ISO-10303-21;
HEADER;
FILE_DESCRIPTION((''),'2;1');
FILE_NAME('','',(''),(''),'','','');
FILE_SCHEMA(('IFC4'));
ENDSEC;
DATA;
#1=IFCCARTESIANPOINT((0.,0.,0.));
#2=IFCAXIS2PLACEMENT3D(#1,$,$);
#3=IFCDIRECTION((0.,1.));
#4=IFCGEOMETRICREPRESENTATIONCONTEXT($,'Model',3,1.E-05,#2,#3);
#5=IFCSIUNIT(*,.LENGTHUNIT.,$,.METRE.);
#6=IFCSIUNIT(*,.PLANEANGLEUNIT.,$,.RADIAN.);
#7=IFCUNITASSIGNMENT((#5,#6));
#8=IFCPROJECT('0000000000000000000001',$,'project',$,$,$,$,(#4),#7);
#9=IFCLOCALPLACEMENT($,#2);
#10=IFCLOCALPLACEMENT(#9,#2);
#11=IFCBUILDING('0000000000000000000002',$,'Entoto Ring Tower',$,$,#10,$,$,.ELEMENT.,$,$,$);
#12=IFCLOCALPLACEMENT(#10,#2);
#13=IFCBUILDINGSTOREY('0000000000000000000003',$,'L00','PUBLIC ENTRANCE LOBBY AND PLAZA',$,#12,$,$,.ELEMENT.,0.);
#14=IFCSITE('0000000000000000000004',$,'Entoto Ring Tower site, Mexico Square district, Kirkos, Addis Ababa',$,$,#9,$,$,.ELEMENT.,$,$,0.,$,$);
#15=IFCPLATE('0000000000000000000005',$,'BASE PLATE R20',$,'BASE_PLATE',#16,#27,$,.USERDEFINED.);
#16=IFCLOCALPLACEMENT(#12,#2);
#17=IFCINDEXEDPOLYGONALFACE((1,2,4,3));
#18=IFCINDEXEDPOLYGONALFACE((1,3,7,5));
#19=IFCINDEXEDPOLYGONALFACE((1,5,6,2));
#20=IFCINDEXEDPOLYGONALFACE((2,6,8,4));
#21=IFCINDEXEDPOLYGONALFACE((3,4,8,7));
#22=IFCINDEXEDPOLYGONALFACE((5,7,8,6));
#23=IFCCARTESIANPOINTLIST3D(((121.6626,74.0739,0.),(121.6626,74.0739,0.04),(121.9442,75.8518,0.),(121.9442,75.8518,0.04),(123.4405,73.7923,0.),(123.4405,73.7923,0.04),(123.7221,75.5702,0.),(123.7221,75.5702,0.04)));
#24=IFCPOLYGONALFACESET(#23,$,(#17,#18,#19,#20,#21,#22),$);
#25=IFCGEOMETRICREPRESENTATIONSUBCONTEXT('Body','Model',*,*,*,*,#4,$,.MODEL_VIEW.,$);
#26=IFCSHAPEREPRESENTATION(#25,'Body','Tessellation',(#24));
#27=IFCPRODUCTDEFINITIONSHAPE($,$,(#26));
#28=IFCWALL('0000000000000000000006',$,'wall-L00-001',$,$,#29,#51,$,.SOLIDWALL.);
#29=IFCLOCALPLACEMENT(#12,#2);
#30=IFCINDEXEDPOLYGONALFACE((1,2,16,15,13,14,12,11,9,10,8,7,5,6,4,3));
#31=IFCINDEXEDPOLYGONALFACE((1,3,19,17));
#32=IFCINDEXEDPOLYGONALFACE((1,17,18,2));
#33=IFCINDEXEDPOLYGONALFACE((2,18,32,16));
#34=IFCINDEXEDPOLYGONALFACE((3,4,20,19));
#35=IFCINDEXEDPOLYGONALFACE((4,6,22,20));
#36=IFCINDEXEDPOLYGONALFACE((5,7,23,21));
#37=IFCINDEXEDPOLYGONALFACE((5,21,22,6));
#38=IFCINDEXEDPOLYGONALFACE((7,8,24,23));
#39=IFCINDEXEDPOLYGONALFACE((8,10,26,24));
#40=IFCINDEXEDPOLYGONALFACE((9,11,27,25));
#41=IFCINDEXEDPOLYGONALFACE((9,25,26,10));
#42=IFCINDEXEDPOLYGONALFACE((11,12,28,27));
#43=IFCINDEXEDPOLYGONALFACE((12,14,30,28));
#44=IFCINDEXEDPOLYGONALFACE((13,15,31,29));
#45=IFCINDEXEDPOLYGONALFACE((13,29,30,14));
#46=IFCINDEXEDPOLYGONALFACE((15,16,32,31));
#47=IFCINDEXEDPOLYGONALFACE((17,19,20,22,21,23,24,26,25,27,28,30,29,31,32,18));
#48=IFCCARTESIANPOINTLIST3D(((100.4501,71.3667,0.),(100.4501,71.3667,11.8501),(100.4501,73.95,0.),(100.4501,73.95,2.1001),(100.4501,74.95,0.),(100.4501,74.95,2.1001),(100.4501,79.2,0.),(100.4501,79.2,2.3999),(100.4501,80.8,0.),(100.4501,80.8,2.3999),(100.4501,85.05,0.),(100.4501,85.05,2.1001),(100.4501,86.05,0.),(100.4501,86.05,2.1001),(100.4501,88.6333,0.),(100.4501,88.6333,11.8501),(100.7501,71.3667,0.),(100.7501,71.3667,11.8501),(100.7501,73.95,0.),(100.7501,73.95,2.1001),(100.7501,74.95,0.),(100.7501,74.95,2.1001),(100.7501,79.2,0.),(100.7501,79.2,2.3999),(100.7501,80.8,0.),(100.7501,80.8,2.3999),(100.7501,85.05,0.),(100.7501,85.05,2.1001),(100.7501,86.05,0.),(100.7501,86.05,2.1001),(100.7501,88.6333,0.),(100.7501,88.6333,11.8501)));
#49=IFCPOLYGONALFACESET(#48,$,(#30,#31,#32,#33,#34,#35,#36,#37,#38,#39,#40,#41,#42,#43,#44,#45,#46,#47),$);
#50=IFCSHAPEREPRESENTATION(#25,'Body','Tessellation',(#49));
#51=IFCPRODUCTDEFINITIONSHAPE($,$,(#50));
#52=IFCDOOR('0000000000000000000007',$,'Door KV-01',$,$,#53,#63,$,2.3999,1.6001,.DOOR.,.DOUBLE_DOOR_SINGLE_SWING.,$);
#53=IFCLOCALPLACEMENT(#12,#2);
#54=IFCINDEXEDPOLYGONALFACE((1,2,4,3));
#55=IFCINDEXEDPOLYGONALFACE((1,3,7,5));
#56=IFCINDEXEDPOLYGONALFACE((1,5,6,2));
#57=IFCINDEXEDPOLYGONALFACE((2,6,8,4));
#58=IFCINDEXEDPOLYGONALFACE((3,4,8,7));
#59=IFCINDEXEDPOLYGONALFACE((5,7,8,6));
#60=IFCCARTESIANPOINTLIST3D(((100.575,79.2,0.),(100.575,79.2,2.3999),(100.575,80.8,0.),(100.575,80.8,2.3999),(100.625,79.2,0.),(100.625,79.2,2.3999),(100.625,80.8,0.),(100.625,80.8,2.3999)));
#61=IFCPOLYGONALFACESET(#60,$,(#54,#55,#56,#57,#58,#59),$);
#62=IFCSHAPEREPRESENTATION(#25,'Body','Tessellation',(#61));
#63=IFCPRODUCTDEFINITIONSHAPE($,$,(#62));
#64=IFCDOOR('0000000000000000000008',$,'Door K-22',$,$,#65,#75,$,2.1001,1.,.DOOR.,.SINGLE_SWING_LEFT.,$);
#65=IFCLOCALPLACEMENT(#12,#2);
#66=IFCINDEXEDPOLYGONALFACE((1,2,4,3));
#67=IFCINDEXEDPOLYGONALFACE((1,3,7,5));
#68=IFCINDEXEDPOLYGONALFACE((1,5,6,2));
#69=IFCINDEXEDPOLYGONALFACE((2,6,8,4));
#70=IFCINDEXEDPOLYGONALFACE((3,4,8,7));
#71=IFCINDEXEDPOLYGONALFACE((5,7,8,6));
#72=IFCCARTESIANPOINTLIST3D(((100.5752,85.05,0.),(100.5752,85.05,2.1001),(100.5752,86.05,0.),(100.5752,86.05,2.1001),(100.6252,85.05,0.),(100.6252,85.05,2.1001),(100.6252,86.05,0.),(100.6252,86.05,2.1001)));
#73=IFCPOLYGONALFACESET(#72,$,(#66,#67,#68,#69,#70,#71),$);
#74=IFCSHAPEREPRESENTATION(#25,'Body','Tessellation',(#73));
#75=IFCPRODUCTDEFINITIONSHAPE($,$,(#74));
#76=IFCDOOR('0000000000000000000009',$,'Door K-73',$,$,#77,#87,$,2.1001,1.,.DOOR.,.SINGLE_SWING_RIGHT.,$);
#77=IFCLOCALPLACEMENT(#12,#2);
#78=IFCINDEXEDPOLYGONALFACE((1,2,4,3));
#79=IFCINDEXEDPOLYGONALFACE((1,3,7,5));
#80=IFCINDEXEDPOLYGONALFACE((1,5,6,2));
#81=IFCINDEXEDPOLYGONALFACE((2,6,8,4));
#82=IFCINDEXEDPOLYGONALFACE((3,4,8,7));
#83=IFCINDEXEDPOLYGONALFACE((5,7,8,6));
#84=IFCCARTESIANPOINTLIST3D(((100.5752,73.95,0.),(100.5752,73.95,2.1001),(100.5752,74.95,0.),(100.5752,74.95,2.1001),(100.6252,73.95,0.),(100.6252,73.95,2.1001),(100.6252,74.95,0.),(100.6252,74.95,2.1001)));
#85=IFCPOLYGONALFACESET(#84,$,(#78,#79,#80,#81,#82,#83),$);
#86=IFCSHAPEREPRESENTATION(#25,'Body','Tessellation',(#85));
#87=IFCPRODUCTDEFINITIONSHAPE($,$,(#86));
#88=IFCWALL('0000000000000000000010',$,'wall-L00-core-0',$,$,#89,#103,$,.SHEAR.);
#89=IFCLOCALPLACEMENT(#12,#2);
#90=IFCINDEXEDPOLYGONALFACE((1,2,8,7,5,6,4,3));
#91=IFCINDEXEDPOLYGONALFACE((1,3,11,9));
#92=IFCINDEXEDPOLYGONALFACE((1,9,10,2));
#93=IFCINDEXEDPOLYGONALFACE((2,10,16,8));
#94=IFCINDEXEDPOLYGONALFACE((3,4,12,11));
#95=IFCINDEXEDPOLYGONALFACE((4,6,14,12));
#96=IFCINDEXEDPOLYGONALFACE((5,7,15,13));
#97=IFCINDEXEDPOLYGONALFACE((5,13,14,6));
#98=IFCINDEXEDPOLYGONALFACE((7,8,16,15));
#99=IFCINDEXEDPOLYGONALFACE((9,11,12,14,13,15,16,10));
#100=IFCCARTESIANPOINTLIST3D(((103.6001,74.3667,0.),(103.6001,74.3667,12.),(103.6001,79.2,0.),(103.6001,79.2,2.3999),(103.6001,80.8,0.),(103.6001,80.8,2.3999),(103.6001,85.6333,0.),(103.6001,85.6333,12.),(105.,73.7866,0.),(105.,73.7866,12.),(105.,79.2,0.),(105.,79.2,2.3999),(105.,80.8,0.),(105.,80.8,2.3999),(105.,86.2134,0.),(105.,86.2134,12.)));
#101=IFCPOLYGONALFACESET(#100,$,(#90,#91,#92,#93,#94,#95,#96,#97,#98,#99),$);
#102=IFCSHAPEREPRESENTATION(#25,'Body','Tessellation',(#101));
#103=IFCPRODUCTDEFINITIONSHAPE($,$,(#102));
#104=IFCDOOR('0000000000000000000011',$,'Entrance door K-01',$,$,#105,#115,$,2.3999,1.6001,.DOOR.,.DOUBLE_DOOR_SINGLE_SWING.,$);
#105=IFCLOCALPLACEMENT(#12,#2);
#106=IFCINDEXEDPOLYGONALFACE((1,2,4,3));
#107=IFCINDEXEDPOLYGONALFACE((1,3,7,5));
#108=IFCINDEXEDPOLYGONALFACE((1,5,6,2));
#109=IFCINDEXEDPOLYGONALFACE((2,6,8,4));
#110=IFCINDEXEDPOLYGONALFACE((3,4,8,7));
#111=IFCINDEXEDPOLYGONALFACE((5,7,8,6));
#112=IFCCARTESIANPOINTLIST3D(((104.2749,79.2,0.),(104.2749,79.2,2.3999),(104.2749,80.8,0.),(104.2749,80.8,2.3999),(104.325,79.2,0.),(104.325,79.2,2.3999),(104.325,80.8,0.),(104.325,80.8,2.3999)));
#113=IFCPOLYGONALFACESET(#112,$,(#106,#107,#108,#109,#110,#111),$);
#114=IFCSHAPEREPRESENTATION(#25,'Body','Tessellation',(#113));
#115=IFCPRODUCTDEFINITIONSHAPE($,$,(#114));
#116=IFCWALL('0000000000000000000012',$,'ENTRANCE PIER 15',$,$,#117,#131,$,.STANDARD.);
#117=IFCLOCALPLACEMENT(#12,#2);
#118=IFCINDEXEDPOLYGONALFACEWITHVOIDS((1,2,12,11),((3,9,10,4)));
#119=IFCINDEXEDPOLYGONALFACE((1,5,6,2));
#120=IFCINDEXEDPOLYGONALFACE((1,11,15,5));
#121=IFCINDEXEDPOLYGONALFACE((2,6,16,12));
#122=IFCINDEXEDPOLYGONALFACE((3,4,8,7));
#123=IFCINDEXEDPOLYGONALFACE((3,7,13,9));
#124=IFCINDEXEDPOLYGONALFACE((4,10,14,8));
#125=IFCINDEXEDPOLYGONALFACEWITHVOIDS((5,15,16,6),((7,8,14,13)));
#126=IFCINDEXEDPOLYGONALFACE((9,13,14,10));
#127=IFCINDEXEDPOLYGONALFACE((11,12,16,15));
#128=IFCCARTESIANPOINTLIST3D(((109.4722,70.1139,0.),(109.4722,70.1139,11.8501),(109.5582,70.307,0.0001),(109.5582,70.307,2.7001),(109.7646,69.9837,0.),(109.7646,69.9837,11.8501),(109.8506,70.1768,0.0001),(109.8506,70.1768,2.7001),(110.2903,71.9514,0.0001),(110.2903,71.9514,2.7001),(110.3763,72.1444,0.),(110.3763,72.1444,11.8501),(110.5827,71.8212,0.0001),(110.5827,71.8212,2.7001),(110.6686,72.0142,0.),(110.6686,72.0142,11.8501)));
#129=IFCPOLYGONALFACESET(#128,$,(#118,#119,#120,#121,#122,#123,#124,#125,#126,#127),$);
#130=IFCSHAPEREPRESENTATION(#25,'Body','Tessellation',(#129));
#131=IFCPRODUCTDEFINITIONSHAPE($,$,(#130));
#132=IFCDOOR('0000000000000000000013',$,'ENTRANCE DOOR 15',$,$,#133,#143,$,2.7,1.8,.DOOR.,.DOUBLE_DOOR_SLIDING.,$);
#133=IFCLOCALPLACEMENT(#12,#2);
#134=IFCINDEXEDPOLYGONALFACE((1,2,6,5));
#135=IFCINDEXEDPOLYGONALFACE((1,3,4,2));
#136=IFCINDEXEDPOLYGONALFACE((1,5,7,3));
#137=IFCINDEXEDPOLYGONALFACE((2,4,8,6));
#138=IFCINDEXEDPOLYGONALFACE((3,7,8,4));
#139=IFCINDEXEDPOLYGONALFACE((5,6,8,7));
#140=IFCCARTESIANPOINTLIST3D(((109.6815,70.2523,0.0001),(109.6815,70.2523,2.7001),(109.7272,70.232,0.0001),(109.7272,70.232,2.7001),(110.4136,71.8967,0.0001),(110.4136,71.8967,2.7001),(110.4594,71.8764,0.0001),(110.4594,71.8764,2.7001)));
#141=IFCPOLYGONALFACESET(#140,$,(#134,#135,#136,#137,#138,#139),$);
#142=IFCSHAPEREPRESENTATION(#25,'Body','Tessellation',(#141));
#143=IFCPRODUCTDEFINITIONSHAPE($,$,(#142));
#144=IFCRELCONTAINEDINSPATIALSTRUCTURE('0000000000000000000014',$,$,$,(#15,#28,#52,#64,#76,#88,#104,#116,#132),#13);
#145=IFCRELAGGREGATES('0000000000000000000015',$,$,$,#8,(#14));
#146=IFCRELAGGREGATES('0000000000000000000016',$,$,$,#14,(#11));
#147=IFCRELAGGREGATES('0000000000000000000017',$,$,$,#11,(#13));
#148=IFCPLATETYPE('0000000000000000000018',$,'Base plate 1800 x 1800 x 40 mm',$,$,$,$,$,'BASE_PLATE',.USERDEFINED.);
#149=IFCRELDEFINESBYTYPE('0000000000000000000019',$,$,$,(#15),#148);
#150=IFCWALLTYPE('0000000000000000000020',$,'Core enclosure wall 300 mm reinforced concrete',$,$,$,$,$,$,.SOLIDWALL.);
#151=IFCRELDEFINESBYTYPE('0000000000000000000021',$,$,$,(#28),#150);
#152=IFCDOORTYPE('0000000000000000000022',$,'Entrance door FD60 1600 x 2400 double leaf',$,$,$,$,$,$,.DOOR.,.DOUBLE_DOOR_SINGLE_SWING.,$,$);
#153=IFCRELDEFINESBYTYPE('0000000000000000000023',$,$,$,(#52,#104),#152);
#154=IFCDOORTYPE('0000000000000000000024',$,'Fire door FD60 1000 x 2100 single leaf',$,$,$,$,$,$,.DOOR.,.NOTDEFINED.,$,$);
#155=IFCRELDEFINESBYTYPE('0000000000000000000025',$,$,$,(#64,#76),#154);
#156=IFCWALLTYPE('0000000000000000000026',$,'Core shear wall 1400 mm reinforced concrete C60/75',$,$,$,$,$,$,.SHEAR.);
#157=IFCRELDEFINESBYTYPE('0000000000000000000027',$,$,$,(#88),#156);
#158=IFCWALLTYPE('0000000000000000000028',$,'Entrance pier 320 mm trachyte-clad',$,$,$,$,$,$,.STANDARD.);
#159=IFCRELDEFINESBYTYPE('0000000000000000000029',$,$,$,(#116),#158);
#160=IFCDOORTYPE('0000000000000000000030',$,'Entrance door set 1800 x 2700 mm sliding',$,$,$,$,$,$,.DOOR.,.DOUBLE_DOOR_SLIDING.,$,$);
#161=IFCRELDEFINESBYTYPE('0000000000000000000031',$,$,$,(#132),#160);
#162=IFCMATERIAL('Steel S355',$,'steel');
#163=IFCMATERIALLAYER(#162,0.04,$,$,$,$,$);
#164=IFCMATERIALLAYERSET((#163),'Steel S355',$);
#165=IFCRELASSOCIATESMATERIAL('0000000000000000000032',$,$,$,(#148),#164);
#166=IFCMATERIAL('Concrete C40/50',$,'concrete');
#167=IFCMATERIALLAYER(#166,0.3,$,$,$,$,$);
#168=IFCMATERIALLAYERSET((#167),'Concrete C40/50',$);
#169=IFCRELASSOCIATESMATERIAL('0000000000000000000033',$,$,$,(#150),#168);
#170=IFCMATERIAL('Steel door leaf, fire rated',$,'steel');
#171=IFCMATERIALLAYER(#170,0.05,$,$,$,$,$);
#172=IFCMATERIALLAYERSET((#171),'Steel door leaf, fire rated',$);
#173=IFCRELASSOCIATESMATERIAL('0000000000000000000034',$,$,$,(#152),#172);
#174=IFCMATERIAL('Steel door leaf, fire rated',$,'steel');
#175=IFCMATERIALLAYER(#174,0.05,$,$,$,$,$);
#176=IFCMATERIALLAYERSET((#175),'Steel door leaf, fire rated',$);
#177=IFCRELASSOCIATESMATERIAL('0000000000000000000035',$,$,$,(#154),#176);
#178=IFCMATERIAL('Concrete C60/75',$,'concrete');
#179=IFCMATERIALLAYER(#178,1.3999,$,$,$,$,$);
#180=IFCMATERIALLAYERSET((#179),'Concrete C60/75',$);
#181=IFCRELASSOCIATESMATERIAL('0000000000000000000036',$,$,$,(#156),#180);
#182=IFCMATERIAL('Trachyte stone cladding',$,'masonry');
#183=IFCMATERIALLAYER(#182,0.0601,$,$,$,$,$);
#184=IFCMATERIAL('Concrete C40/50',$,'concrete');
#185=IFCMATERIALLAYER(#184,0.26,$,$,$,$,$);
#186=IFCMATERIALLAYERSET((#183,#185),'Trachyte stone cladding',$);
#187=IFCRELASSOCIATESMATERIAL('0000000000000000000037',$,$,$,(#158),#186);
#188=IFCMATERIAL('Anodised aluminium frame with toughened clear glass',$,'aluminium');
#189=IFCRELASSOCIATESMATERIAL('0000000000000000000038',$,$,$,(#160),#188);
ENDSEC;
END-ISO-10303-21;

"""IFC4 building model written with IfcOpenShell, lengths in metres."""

from ifc_helpers import new_model, si_unit, direction, frame, frame_2d, origin, origin_2d, place, context, subcontext, project, spatial, polyline, rectangle, outline, extrude, material, layer, layer_set, type_object, element, fill, save


model = new_model("IFC4")

# Units and contexts
model_context = context("Model", 3, precision=1e-05, world=origin(), true_north=direction((0.0, 1.0)))
body_context = subcontext(model_context, "Body", "Model", "MODEL_VIEW")
ifc_project = project(units=[si_unit("LENGTHUNIT", "METRE"), si_unit("PLANEANGLEUNIT", "RADIAN")], contexts=[model_context])

# Site, building, storey
site_placement = place(None, origin())
site = spatial("IfcSite", under=ifc_project, at=site_placement, Name="Entoto Ring Tower site, Mexico Square district, Kirkos, Addis Ababa", CompositionType="ELEMENT", RefElevation=0.0)
building_placement = place(site_placement, origin())
building = spatial("IfcBuilding", under=site, at=building_placement, Name="Entoto Ring Tower", CompositionType="ELEMENT")
storey_placement = place(building_placement, origin())
storey = spatial("IfcBuildingStorey", under=building, at=storey_placement, Name="L00", Description="PUBLIC ENTRANCE LOBBY AND PLAZA", CompositionType="ELEMENT", Elevation=0.0)

# Plate
ifc_material_1 = material(Name="Steel S355", Category="steel")
ifc_layer_1 = layer(ifc_material_1, 0.04)
ifc_layer_set_1 = layer_set([ifc_layer_1], Name="Steel S355")
plate_type = type_object("IfcPlateType", Name="Base plate 1800 x 1800 x 40 mm", ElementType="BASE_PLATE", PredefinedType="USERDEFINED", material=ifc_layer_set_1)
plate_placement = place(storey_placement, frame((122.6924, 74.822, 0.0), z_axis=(0.0, 0.0, 1.0), x_axis=(0.987688, -0.156434, 0.0)))
element("IfcPlate", 1, at=plate_placement, inside=storey, type_object=plate_type, Name="BASE PLATE R20", ObjectType="BASE_PLATE", PredefinedType="USERDEFINED", context=body_context, shape_type="SweptSolid", body=[
    extrude(rectangle(XDim=1.8, YDim=1.8, at=origin_2d()), origin(), (0.0, 0.0, 1.0), 0.04),
])

# Wall, openings, doors
ifc_material_2 = material(Name="Concrete C40/50", Category="concrete")
ifc_layer_2 = layer(ifc_material_2, 0.3)
ifc_layer_set_2 = layer_set([ifc_layer_2], Name="Concrete C40/50")
wall_type_1 = type_object("IfcWallType", Name="Core enclosure wall 300 mm reinforced concrete", PredefinedType="SOLIDWALL", material=ifc_layer_set_2)
wall_1_placement = place(storey_placement, frame((100.6001, 71.3667, 0.0), z_axis=(0.0, 0.0, 1.0), x_axis=(0.0, 1.0, 0.0)))
wall_1 = element("IfcWall", 2, at=wall_1_placement, inside=storey, type_object=wall_type_1, Name="wall-L00-001", PredefinedType="SOLIDWALL", context=body_context, shape_type="SweptSolid", body=[
    extrude(rectangle(XDim=17.2666, YDim=0.3, at=frame_2d((8.6333, 0.0))), origin(), (0.0, 0.0, 1.0), 11.8501),
])
opening_1_placement = place(wall_1_placement, frame((13.6833, 0.0, 0.0)))
opening_1 = element("IfcOpeningElement", 3, at=opening_1_placement, cuts=wall_1, PredefinedType="OPENING", context=body_context, shape_type="SweptSolid", body=[
    extrude(rectangle(XDim=1.0, YDim=2.1001, at=frame_2d((0.5, 1.05))), frame((0.0, 0.1602, 0.0), z_axis=(0.0, -1.0, 0.0), x_axis=(1.0, 0.0, 0.0)), (0.0, 0.0, 1.0), 0.3201),
])
opening_2_placement = place(wall_1_placement, frame((2.5833, 0.0, 0.0)))
opening_2 = element("IfcOpeningElement", 4, at=opening_2_placement, cuts=wall_1, PredefinedType="OPENING", context=body_context, shape_type="SweptSolid", body=[
    extrude(rectangle(XDim=1.0, YDim=2.1001, at=frame_2d((0.5, 1.05))), frame((0.0, 0.1602, 0.0), z_axis=(0.0, -1.0, 0.0), x_axis=(1.0, 0.0, 0.0)), (0.0, 0.0, 1.0), 0.3201),
])
opening_3_placement = place(wall_1_placement, frame((7.8333, 0.0, 0.0)))
opening_3 = element("IfcOpeningElement", 5, at=opening_3_placement, cuts=wall_1, PredefinedType="OPENING", context=body_context, shape_type="SweptSolid", body=[
    extrude(rectangle(XDim=1.6001, YDim=2.3999, at=frame_2d((0.8, 1.2))), frame((0.0, 0.1602, 0.0), z_axis=(0.0, -1.0, 0.0), x_axis=(1.0, 0.0, 0.0)), (0.0, 0.0, 1.0), 0.3201),
])
ifc_material_3 = material(Name="Steel door leaf, fire rated", Category="steel")
ifc_layer_3 = layer(ifc_material_3, 0.05)
ifc_layer_set_3 = layer_set([ifc_layer_3], Name="Steel door leaf, fire rated")
door_type_1 = type_object("IfcDoorType", Name="Entrance door FD60 1600 x 2400 double leaf", OperationType="DOUBLE_DOOR_SINGLE_SWING", PredefinedType="DOOR", material=ifc_layer_set_3)
door_1_placement = place(opening_3_placement, frame((1.6001, 0.0, 0.0), z_axis=(0.0, 0.0, 1.0), x_axis=(-1.0, 0.0, 0.0)))
door_1 = element("IfcDoor", 6, at=door_1_placement, inside=storey, type_object=door_type_1, Name="Door KV-01", OperationType="DOUBLE_DOOR_SINGLE_SWING", OverallHeight=2.3999, OverallWidth=1.6001, PredefinedType="DOOR", context=body_context, shape_type="SweptSolid", body=[
    extrude(rectangle(XDim=1.6001, YDim=2.3999, at=frame_2d((0.8, 1.2))), frame((0.0, 0.0249, 0.0), z_axis=(0.0, -1.0, 0.0), x_axis=(1.0, 0.0, 0.0)), (0.0, 0.0, 1.0), 0.05),
])
fill(opening_3, door_1)
ifc_material_4 = material(Name="Steel door leaf, fire rated", Category="steel")
ifc_layer_4 = layer(ifc_material_4, 0.05)
ifc_layer_set_4 = layer_set([ifc_layer_4], Name="Steel door leaf, fire rated")
door_type_2 = type_object("IfcDoorType", Name="Fire door FD60 1000 x 2100 single leaf", OperationType="NOTDEFINED", PredefinedType="DOOR", material=ifc_layer_set_4)
door_2_placement = place(opening_1_placement, origin())
door_2 = element("IfcDoor", 7, at=door_2_placement, inside=storey, type_object=door_type_2, Name="Door K-22", OperationType="SINGLE_SWING_LEFT", OverallHeight=2.1001, OverallWidth=1.0, PredefinedType="DOOR", context=body_context, shape_type="SweptSolid", body=[
    extrude(rectangle(XDim=1.0, YDim=2.1001, at=frame_2d((0.5, 1.05))), frame((0.0, 0.0249, 0.0), z_axis=(0.0, -1.0, 0.0), x_axis=(1.0, 0.0, 0.0)), (0.0, 0.0, 1.0), 0.05),
])
fill(opening_1, door_2)
door_3_placement = place(opening_2_placement, origin())
door_3 = element("IfcDoor", 8, at=door_3_placement, inside=storey, type_object=door_type_2, Name="Door K-73", OperationType="SINGLE_SWING_RIGHT", OverallHeight=2.1001, OverallWidth=1.0, PredefinedType="DOOR", context=body_context, shape_type="SweptSolid", body=[
    extrude(rectangle(XDim=1.0, YDim=2.1001, at=frame_2d((0.5, 1.05))), frame((0.0, 0.0249, 0.0), z_axis=(0.0, -1.0, 0.0), x_axis=(1.0, 0.0, 0.0)), (0.0, 0.0, 1.0), 0.05),
])
fill(opening_2, door_3)

# Walls, openings, doors
ifc_material_5 = material(Name="Concrete C60/75", Category="concrete")
ifc_layer_5 = layer(ifc_material_5, 1.3999)
ifc_layer_set_5 = layer_set([ifc_layer_5], Name="Concrete C60/75")
wall_type_2 = type_object("IfcWallType", Name="Core shear wall 1400 mm reinforced concrete C60/75", PredefinedType="SHEAR", material=ifc_layer_set_5)
wall_2_placement = place(storey_placement, frame((104.3, 74.0767, 0.0), z_axis=(0.0, 0.0, 1.0), x_axis=(0.0, 1.0, 0.0)))
wall_2 = element("IfcWall", 9, at=wall_2_placement, inside=storey, type_object=wall_type_2, Name="wall-L00-core-0", PredefinedType="SHEAR", context=body_context, shape_type="SweptSolid", body=[
    extrude(outline(polyline([(-0.29, -0.7), (12.1367, -0.7), (11.5566, 0.7), (0.29, 0.7), (-0.29, -0.7)])), origin(), (0.0, 0.0, 1.0), 12.0),
])
opening_4_placement = place(wall_2_placement, frame((5.1233, 0.0, 0.0)))
opening_4 = element("IfcOpeningElement", 10, at=opening_4_placement, cuts=wall_2, PredefinedType="OPENING", context=body_context, shape_type="SweptSolid", body=[
    extrude(rectangle(XDim=1.6001, YDim=2.3999, at=frame_2d((0.8, 1.2))), frame((0.0, 0.71, 0.0), z_axis=(0.0, -1.0, 0.0), x_axis=(1.0, 0.0, 0.0)), (0.0, 0.0, 1.0), 1.4199),
])
door_4_placement = place(opening_4_placement, frame((1.6001, 0.0, 0.0), z_axis=(0.0, 0.0, 1.0), x_axis=(-1.0, 0.0, 0.0)))
door_4 = element("IfcDoor", 11, at=door_4_placement, inside=storey, type_object=door_type_1, Name="Entrance door K-01", OperationType="DOUBLE_DOOR_SINGLE_SWING", OverallHeight=2.3999, OverallWidth=1.6001, PredefinedType="DOOR", context=body_context, shape_type="SweptSolid", body=[
    extrude(rectangle(XDim=1.6001, YDim=2.3999, at=frame_2d((0.8, 1.2))), frame((0.0, 0.0249, 0.0), z_axis=(0.0, -1.0, 0.0), x_axis=(1.0, 0.0, 0.0)), (0.0, 0.0, 1.0), 0.05),
])
fill(opening_4, door_4)
ifc_material_6 = material(Name="Trachyte stone cladding", Category="masonry")
ifc_layer_6 = layer(ifc_material_6, 0.0601)
ifc_material_7 = material(Name="Concrete C40/50", Category="concrete")
ifc_layer_7 = layer(ifc_material_7, 0.26)
ifc_layer_set_6 = layer_set([ifc_layer_6, ifc_layer_7], Name="Trachyte stone cladding")
wall_type_3 = type_object("IfcWallType", Name="Entrance pier 320 mm trachyte-clad", PredefinedType="STANDARD", material=ifc_layer_set_6)
wall_3_placement = place(storey_placement, frame((109.6184, 70.0488, 0.0), z_axis=(0.0, 0.0, 1.0), x_axis=(0.40674, 0.913544, 0.0)))
wall_3 = element("IfcWall", 12, at=wall_3_placement, inside=storey, type_object=wall_type_3, Name="ENTRANCE PIER 15", PredefinedType="STANDARD", context=body_context, shape_type="SweptSolid", body=[
    extrude(rectangle(XDim=2.2227, YDim=0.3201, at=frame_2d((1.1113, 0.0))), origin(), (0.0, 0.0, 1.0), 11.8501),
])
opening_5_placement = place(wall_3_placement, frame((0.2114, 0.0, 0.0)))
opening_5 = element("IfcOpeningElement", 13, at=opening_5_placement, cuts=wall_3, PredefinedType="OPENING", context=body_context, shape_type="SweptSolid", body=[
    extrude(rectangle(XDim=1.8, YDim=2.7, at=frame_2d((0.8999, 1.3501))), frame((0.0, 0.1699, 0.0), z_axis=(0.0, -1.0, 0.0), x_axis=(1.0, 0.0, 0.0)), (0.0, 0.0, 1.0), 0.3401),
])
ifc_material_8 = material(Name="Anodised aluminium frame with toughened clear glass", Category="aluminium")
door_type_3 = type_object("IfcDoorType", Name="Entrance door set 1800 x 2700 mm sliding", OperationType="DOUBLE_DOOR_SLIDING", PredefinedType="DOOR", material=ifc_material_8)
door_5_placement = place(opening_5_placement, frame((1.8, 0.0, 0.0), z_axis=(0.0, 0.0, 1.0), x_axis=(-1.0, 0.0, 0.0)))
door_5 = element("IfcDoor", 14, at=door_5_placement, inside=storey, type_object=door_type_3, Name="ENTRANCE DOOR 15", OperationType="DOUBLE_DOOR_SLIDING", OverallHeight=2.7, OverallWidth=1.8, PredefinedType="DOOR", context=body_context, shape_type="SweptSolid", body=[
    extrude(rectangle(XDim=1.8, YDim=2.7, at=frame_2d((0.8999, 1.3501))), frame((0.0, 0.0249, 0.0), z_axis=(0.0, -1.0, 0.0), x_axis=(1.0, 0.0, 0.0)), (0.0, 0.0, 1.0), 0.05),
])
fill(opening_5, door_5)

save(model, "model.ifc")
